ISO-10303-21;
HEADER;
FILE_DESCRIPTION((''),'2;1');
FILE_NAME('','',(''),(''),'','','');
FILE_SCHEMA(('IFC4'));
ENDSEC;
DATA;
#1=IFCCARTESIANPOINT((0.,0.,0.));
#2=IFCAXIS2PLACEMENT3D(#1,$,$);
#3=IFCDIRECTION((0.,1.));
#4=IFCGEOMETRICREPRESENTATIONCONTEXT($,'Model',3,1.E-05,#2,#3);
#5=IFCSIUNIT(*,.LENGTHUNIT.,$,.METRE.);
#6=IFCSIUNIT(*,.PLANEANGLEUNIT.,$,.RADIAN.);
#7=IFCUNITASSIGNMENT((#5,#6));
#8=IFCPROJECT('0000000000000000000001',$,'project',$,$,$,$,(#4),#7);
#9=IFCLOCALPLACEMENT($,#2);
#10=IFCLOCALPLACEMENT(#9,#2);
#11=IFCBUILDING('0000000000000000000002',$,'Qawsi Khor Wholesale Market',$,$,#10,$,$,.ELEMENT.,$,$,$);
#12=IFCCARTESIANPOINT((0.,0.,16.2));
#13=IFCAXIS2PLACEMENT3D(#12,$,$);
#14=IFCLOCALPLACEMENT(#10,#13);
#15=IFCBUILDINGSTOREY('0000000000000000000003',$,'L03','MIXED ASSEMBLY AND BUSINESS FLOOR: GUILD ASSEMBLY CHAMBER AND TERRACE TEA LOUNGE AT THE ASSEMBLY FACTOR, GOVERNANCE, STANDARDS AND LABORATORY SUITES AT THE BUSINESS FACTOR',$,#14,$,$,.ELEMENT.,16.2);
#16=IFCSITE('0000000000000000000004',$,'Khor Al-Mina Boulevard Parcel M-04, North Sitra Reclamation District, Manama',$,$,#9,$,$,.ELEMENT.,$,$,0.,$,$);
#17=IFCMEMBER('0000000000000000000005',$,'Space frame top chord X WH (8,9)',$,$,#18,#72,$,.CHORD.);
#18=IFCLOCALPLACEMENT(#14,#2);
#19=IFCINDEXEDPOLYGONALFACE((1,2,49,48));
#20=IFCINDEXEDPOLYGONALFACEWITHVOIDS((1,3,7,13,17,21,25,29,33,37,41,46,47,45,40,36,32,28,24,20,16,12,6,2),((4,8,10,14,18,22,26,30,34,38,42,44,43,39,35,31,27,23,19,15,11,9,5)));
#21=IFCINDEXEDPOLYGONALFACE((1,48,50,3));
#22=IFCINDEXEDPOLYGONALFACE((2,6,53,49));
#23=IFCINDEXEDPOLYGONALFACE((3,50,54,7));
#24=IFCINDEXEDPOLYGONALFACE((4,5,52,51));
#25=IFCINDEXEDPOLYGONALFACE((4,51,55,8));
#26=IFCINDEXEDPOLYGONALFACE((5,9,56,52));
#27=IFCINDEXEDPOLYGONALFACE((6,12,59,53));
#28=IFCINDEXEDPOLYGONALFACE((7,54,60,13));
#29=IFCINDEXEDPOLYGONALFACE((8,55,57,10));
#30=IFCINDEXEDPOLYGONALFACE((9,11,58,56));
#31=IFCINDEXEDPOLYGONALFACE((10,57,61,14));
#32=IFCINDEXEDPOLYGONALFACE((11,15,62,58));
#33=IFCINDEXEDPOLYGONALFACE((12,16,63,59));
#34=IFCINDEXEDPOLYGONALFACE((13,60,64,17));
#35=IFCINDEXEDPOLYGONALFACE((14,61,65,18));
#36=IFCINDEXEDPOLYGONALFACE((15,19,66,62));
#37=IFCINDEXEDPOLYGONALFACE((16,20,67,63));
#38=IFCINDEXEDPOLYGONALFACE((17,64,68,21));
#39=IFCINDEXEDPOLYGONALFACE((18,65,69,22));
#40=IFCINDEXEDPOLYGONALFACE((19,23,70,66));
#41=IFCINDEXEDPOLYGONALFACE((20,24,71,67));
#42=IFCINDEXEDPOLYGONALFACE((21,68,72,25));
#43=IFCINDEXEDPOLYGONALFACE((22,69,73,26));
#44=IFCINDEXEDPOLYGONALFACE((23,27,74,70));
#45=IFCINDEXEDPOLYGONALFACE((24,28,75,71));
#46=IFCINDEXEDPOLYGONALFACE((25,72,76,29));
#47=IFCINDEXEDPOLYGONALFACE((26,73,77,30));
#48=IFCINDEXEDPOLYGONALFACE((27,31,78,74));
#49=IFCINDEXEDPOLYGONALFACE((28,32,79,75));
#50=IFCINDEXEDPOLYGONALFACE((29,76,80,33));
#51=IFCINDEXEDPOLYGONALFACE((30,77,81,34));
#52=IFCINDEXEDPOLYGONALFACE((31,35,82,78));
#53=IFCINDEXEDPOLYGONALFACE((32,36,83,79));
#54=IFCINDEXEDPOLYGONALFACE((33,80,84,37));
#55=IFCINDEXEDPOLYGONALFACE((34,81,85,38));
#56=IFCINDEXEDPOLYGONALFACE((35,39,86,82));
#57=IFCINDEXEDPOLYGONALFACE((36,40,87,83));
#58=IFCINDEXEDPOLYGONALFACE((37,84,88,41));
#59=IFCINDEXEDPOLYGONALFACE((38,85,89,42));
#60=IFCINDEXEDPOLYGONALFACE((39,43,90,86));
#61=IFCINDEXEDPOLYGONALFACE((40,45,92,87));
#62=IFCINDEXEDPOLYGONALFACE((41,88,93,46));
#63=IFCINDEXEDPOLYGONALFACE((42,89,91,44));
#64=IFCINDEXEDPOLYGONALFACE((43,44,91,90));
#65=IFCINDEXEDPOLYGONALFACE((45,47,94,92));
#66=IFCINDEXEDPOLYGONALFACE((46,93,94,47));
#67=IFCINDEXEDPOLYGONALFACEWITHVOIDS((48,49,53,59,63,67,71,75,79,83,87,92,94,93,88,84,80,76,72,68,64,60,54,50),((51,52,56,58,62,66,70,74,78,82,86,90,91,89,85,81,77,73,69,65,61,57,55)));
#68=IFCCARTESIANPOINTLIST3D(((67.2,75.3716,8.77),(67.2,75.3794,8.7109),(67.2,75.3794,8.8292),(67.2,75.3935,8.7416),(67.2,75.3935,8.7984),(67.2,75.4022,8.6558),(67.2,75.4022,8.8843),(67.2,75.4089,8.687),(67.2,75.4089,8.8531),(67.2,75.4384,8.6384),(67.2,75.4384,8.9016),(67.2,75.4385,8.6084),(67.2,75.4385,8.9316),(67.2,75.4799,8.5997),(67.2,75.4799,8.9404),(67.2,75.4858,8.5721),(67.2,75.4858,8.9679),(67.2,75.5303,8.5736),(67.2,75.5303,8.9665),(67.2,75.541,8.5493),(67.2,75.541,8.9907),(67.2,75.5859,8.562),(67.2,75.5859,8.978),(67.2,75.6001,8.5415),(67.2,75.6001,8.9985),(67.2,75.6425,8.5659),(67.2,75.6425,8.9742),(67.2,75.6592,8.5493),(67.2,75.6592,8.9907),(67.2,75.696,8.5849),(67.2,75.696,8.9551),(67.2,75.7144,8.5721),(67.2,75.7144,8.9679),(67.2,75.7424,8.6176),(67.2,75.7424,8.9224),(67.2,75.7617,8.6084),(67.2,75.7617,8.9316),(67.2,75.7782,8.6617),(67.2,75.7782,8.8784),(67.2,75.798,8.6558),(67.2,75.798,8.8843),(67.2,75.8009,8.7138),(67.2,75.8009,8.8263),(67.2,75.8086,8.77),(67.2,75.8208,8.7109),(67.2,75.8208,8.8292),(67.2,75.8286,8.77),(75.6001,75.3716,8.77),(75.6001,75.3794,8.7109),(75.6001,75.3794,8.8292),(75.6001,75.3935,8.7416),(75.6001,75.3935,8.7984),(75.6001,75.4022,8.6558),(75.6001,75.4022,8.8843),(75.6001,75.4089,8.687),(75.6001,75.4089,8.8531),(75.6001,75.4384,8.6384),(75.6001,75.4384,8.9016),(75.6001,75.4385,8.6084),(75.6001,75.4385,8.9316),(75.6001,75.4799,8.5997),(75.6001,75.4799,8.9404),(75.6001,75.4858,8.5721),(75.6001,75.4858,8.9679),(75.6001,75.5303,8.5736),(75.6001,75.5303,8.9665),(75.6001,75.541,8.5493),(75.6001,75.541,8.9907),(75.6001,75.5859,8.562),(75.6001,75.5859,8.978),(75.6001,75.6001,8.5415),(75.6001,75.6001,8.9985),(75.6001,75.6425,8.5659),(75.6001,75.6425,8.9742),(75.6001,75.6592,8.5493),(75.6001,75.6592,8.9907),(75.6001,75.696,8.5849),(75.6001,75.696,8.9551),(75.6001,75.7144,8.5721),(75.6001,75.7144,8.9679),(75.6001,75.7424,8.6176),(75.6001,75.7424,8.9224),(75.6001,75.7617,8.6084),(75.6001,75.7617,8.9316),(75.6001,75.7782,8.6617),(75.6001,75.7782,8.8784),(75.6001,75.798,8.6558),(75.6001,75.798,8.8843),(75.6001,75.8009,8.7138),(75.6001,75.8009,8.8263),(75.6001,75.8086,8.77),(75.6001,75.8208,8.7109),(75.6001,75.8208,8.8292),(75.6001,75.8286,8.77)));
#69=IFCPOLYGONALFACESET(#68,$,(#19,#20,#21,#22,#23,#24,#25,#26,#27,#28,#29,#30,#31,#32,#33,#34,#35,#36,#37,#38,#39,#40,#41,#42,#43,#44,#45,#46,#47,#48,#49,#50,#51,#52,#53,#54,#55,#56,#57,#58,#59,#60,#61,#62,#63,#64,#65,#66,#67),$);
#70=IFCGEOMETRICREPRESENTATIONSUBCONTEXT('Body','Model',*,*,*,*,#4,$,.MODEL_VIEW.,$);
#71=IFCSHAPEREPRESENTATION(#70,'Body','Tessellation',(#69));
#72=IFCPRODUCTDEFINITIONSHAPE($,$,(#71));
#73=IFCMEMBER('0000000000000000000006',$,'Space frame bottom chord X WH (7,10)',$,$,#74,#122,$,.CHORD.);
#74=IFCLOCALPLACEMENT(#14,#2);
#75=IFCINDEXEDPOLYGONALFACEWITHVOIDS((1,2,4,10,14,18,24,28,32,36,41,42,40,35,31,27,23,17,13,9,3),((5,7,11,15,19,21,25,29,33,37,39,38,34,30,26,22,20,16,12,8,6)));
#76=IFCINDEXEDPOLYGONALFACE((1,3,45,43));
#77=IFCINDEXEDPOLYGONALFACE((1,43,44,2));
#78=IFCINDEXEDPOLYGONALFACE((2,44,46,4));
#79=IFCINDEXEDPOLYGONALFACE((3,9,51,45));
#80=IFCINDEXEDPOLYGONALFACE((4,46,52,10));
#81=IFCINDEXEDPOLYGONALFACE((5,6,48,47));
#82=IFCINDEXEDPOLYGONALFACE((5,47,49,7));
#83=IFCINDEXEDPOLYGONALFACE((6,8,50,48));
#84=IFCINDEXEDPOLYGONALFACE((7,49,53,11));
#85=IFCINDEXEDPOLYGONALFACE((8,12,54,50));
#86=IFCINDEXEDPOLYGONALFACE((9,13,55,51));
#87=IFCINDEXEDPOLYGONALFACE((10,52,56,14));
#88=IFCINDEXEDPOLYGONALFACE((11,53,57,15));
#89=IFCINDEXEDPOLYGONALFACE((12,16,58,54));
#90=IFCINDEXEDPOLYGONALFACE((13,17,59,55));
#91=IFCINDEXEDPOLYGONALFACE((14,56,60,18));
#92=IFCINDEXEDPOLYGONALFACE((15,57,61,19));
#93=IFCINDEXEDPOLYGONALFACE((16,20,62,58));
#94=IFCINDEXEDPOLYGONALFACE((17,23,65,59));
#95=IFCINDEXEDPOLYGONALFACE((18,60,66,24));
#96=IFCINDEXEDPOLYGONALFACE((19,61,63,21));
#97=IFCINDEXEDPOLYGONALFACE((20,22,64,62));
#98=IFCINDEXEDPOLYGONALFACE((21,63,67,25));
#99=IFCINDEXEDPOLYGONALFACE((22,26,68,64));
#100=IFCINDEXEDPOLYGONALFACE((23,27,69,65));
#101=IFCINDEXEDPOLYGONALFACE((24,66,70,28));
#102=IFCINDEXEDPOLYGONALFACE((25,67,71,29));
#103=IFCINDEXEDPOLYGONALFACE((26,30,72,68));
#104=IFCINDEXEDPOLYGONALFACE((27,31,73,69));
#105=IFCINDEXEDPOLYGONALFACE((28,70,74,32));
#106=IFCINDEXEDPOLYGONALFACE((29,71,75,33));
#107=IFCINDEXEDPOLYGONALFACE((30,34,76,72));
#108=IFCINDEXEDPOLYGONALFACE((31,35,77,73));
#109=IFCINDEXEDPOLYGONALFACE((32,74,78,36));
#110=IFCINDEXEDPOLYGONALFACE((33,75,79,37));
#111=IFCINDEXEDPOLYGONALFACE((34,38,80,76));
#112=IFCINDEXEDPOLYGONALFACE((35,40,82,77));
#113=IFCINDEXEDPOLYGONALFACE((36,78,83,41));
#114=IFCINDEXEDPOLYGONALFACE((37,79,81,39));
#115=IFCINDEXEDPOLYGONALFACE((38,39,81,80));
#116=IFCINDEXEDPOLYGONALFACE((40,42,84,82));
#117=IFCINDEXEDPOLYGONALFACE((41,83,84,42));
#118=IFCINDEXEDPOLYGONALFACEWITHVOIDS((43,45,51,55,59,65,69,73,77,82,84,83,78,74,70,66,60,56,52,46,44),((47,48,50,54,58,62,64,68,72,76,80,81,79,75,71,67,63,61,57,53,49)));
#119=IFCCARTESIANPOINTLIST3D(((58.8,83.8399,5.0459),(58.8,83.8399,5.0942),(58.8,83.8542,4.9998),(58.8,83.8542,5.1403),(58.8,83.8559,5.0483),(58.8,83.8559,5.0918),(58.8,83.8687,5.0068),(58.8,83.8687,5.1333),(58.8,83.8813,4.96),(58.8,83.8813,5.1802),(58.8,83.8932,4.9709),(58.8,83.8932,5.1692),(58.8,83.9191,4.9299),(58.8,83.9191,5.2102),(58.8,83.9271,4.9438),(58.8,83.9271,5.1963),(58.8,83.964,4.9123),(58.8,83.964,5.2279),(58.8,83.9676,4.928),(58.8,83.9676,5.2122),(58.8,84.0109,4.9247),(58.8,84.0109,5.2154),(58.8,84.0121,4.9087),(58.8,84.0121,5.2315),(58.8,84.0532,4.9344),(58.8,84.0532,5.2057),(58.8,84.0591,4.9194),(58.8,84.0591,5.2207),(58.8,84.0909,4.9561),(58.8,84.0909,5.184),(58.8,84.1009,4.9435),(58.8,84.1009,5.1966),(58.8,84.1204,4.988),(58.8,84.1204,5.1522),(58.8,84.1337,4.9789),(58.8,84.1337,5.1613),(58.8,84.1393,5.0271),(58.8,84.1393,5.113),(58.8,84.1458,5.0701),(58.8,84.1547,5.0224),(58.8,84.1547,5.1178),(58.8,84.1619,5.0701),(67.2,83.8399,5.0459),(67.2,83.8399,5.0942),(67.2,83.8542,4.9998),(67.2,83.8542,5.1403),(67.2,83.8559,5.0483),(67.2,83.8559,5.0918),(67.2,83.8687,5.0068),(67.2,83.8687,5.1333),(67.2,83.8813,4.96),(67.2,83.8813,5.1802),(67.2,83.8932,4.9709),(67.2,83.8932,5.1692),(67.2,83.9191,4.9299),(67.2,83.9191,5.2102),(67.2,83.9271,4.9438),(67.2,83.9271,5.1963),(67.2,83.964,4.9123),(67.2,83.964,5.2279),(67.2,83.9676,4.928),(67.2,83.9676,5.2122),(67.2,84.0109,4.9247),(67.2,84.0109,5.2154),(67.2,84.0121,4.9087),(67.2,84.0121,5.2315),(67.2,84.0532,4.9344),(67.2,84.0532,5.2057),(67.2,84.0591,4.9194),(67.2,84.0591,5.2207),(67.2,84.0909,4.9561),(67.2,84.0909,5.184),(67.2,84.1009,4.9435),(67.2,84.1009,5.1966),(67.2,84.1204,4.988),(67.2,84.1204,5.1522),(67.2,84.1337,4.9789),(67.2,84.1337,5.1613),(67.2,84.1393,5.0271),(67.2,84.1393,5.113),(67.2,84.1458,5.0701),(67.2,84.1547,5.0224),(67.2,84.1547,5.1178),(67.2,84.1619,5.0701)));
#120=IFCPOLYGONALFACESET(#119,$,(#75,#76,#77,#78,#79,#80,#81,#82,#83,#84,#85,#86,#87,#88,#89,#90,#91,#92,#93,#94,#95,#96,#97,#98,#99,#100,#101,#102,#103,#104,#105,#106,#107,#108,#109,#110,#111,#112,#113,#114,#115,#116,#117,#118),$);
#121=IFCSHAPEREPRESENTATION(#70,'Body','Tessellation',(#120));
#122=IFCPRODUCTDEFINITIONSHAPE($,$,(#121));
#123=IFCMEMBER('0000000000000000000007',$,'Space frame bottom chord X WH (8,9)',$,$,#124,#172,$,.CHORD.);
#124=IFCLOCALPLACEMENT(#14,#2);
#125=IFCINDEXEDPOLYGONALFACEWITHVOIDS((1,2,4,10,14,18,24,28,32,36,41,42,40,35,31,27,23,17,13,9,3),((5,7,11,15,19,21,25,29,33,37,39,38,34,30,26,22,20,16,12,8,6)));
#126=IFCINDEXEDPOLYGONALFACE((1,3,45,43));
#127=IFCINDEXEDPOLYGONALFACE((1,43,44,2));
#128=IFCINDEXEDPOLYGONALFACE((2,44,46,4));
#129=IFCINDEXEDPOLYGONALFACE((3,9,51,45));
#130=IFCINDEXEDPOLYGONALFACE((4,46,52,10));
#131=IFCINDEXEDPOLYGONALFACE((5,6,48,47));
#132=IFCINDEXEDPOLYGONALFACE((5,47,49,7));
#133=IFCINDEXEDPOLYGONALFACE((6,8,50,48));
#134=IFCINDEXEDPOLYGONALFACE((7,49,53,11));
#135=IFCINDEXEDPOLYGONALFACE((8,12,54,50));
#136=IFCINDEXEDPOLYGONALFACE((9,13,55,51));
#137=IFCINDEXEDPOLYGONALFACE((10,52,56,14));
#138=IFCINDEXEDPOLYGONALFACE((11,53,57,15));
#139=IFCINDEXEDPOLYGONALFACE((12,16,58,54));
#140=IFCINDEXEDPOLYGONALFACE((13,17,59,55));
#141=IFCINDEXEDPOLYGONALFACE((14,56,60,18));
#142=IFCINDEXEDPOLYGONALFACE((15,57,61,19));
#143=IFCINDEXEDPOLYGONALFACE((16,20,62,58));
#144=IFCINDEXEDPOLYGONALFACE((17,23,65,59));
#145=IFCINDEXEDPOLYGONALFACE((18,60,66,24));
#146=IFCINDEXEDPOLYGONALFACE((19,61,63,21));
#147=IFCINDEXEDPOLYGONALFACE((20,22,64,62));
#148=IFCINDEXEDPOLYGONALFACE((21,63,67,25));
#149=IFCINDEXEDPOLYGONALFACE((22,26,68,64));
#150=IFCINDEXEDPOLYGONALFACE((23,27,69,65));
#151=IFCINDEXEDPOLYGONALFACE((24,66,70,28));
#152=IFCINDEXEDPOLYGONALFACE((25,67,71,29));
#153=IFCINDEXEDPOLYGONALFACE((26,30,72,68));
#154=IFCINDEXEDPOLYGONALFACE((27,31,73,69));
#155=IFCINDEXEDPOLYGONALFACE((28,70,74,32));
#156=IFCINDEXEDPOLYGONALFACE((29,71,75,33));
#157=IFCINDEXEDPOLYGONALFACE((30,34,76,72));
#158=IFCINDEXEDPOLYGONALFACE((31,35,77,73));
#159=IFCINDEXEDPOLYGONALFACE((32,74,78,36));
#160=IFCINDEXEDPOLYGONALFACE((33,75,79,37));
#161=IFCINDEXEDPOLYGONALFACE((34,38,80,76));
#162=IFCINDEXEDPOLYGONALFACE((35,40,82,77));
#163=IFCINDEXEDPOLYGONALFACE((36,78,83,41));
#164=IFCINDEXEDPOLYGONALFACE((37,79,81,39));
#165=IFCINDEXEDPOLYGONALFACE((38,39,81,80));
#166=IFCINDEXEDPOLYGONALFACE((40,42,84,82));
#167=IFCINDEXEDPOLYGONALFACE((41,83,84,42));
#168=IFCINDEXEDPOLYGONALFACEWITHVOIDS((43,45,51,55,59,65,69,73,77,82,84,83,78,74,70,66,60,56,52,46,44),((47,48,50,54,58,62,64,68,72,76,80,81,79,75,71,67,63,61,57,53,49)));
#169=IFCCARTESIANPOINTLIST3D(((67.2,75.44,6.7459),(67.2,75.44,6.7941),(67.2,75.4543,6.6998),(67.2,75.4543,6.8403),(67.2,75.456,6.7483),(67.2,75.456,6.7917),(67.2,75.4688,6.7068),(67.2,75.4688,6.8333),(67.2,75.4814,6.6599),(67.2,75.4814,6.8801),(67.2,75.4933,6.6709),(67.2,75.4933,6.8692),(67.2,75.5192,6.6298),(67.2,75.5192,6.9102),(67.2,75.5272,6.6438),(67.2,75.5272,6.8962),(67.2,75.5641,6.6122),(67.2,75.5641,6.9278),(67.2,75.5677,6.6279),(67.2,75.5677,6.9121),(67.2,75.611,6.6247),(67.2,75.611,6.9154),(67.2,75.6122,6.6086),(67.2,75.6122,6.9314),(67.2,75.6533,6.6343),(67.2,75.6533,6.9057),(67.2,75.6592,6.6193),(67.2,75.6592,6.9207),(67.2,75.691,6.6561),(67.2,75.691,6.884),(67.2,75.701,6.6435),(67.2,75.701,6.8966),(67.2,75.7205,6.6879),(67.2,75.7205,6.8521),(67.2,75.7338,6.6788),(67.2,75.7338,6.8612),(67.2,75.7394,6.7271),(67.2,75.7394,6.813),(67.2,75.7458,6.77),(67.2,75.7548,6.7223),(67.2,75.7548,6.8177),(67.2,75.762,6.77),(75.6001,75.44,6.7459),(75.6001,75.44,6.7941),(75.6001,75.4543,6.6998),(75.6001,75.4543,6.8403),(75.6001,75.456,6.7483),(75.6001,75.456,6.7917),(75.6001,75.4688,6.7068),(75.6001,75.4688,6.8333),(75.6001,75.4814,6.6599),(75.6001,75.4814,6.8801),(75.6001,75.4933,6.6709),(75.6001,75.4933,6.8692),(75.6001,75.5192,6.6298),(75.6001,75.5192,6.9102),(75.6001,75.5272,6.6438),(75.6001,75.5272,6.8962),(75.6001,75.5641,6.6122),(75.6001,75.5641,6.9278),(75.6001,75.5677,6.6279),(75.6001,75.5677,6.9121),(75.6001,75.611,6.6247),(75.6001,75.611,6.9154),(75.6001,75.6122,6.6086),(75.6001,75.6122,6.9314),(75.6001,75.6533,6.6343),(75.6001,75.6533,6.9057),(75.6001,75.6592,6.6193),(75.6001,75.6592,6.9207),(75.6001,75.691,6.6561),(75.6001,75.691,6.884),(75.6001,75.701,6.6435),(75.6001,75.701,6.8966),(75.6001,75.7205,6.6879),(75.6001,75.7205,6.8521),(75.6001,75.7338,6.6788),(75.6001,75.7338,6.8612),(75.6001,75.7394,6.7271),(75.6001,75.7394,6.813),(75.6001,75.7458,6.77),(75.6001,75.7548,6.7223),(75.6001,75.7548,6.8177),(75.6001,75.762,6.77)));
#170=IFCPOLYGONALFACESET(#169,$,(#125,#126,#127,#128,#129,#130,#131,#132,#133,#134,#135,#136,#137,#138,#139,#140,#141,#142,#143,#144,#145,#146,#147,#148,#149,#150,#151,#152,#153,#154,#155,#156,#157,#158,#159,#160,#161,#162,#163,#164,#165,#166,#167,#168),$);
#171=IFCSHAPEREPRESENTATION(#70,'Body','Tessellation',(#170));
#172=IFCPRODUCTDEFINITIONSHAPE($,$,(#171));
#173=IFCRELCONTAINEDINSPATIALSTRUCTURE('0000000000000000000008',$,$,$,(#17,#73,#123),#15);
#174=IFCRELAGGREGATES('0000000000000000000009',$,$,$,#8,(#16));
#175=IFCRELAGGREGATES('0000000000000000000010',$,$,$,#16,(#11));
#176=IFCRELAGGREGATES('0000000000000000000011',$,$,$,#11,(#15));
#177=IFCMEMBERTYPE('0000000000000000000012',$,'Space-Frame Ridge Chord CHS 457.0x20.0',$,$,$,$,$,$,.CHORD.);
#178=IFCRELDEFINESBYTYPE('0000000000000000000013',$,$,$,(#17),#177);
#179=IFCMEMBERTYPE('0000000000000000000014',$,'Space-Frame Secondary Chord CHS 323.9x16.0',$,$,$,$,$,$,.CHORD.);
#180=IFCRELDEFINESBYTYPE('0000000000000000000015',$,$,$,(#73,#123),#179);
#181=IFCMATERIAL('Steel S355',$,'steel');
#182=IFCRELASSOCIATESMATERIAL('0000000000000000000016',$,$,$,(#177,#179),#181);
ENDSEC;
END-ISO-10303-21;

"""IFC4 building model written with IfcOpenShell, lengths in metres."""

from ifc_helpers import new_model, si_unit, direction, frame, origin, origin_2d, place, context, subcontext, project, spatial, hollow_circle, extrude, material, material_profile, profile_set, type_object, element, save


model = new_model("IFC4")

# Units and contexts
model_context = context("Model", 3, precision=1e-05, world=origin(), true_north=direction((0.0, 1.0)))
body_context = subcontext(model_context, "Body", "Model", "MODEL_VIEW")
ifc_project = project(units=[si_unit("LENGTHUNIT", "METRE"), si_unit("PLANEANGLEUNIT", "RADIAN")], contexts=[model_context])

# Site, building, storey
site_placement = place(None, origin())
site = spatial("IfcSite", under=ifc_project, at=site_placement, Name="Khor Al-Mina Boulevard Parcel M-04, North Sitra Reclamation District, Manama", CompositionType="ELEMENT", RefElevation=0.0)
building_placement = place(site_placement, origin())
building = spatial("IfcBuilding", under=site, at=building_placement, Name="Qawsi Khor Wholesale Market", CompositionType="ELEMENT")
storey_placement = place(building_placement, frame((0.0, 0.0, 16.2)))
storey = spatial("IfcBuildingStorey", under=building, at=storey_placement, Name="L03", Description="MIXED ASSEMBLY AND BUSINESS FLOOR: GUILD ASSEMBLY CHAMBER AND TERRACE TEA LOUNGE AT THE ASSEMBLY FACTOR, GOVERNANCE, STANDARDS AND LABORATORY SUITES AT THE BUSINESS FACTOR", CompositionType="ELEMENT", Elevation=16.2)

# Members
ifc_material_1 = material(Name="Steel S355", Category="steel")
ifc_material_profile_1 = material_profile(ifc_material_1, hollow_circle(Radius=0.2285, WallThickness=0.02, at=origin_2d()), Name="CHS 457.0x20.0")
ifc_profile_set_1 = profile_set([ifc_material_profile_1], Name="Steel S355")
member_type_1 = type_object("IfcMemberType", Name="Space-Frame Ridge Chord CHS 457.0x20.0", PredefinedType="CHORD", material=ifc_profile_set_1)
member_1_placement = place(storey_placement, frame((67.2, 75.6001, 8.77), z_axis=(1.0, 0.0, 0.0), x_axis=(0.0, 1.0, 0.0)))
element("IfcMember", 1, at=member_1_placement, inside=storey, type_object=member_type_1, Name="Space frame top chord X WH (8,9)", PredefinedType="CHORD", context=body_context, shape_type="SweptSolid", body=[
    extrude(hollow_circle(Radius=0.2285, WallThickness=0.02, at=origin_2d()), origin(), (0.0, 0.0, 1.0), 8.4001),
])
ifc_material_profile_2 = material_profile(ifc_material_1, hollow_circle(Radius=0.1619, WallThickness=0.0161, at=origin_2d()), Name="CHS 323.9x16.0")
ifc_profile_set_2 = profile_set([ifc_material_profile_2], Name="Steel S355")
member_type_2 = type_object("IfcMemberType", Name="Space-Frame Secondary Chord CHS 323.9x16.0", PredefinedType="CHORD", material=ifc_profile_set_2)
member_2_placement = place(storey_placement, frame((58.8, 84.0, 5.0701), z_axis=(1.0, 0.0, 0.0), x_axis=(0.0, 1.0, 0.0)))
element("IfcMember", 2, at=member_2_placement, inside=storey, type_object=member_type_2, Name="Space frame bottom chord X WH (7,10)", PredefinedType="CHORD", context=body_context, shape_type="SweptSolid", body=[
    extrude(hollow_circle(Radius=0.1619, WallThickness=0.0161, at=origin_2d()), origin(), (0.0, 0.0, 1.0), 8.3999),
])
for number, where, z_axis, x_axis, name in (
    (3, (67.2, 75.6001, 6.77), (1.0, 0.0, 0.0), (0.0, 1.0, 0.0), "Space frame bottom chord X WH (8,9)"),
):
    element("IfcMember", number, at=place(storey_placement, frame(where, z_axis=z_axis, x_axis=x_axis)), inside=storey, type_object=member_type_2, Name=name, PredefinedType="CHORD", context=body_context, shape_type="SweptSolid", body=[
        extrude(hollow_circle(Radius=0.1619, WallThickness=0.0161, at=origin_2d()), origin(), (0.0, 0.0, 1.0), 8.4001),
    ])

save(model, "model.ifc")
